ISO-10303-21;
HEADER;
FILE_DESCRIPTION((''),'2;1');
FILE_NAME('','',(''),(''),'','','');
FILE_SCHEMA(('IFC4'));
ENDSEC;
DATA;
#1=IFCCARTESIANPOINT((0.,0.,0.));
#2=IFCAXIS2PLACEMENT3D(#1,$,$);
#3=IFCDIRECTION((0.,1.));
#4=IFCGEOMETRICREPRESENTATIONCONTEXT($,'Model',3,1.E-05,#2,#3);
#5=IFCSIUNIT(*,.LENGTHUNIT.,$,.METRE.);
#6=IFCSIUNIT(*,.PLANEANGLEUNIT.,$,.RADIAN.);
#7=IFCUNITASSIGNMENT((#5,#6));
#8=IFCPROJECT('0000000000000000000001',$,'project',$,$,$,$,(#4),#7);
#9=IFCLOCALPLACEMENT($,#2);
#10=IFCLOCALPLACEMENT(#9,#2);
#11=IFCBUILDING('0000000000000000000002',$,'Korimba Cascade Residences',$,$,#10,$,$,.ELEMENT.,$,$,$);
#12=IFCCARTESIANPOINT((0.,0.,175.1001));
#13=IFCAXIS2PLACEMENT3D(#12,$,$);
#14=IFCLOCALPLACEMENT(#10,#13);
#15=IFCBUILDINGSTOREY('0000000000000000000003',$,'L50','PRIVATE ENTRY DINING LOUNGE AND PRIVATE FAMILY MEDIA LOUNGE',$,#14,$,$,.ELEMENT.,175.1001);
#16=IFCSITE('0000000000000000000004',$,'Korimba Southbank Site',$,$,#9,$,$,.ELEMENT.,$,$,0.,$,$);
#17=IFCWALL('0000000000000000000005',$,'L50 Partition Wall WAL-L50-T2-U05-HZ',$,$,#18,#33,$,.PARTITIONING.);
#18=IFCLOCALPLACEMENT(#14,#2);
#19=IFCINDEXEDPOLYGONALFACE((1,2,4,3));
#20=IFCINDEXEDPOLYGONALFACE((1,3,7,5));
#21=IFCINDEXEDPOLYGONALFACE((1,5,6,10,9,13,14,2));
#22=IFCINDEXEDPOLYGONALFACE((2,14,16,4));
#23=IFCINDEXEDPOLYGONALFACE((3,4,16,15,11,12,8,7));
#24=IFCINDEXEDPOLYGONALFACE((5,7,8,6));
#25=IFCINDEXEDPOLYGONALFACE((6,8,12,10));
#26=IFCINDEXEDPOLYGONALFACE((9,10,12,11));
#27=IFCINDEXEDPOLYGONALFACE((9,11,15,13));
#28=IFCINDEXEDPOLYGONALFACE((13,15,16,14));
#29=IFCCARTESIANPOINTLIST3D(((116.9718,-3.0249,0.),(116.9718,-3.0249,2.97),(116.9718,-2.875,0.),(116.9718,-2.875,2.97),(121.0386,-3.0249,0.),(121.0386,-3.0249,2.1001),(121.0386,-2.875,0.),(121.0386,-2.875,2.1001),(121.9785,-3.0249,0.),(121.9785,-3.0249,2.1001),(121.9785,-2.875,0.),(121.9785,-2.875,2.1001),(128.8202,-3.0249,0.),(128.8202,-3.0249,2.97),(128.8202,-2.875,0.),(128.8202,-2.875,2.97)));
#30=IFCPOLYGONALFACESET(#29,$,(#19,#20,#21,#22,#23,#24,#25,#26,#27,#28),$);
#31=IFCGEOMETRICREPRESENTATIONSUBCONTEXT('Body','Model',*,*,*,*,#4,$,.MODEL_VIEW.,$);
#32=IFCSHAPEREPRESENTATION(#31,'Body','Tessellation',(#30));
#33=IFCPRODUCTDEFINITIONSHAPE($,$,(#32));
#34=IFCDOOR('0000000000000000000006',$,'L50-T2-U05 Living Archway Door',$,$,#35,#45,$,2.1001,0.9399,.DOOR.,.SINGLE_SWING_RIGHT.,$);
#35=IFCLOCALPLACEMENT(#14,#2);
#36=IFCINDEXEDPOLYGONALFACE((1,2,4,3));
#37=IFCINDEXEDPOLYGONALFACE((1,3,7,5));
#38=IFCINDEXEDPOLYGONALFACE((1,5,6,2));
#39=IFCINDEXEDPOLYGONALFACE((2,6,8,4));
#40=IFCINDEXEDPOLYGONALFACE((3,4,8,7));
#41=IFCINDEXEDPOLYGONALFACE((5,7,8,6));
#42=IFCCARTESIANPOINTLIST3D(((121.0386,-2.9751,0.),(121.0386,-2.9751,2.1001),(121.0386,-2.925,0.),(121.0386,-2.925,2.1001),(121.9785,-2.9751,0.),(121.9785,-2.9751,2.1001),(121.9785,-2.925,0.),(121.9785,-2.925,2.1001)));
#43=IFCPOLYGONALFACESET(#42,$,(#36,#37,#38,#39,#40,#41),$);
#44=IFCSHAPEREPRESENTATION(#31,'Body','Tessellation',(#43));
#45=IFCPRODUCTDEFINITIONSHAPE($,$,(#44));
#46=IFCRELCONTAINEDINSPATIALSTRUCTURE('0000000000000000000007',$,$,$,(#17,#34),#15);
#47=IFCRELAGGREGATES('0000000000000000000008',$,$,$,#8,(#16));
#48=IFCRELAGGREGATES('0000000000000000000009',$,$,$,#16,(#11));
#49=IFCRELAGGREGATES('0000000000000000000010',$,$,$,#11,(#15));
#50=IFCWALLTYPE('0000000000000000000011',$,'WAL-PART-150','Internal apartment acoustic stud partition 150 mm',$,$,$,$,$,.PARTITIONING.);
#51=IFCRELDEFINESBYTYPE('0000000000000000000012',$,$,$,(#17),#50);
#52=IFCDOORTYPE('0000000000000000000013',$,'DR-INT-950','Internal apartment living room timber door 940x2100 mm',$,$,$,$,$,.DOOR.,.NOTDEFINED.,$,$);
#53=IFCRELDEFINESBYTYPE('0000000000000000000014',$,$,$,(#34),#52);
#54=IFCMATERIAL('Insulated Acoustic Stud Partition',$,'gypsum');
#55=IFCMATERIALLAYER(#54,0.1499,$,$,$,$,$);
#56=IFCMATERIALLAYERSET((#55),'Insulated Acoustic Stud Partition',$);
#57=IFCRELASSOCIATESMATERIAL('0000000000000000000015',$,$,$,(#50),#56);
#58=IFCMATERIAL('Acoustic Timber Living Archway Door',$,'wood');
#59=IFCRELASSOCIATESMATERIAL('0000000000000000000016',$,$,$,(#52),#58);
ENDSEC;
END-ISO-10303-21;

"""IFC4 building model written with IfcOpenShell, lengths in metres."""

from ifc_helpers import new_model, si_unit, direction, frame, frame_2d, origin, place, context, subcontext, project, spatial, rectangle, extrude, material, layer, layer_set, type_object, element, fill, save


model = new_model("IFC4")

# Units and contexts
model_context = context("Model", 3, precision=1e-05, world=origin(), true_north=direction((0.0, 1.0)))
body_context = subcontext(model_context, "Body", "Model", "MODEL_VIEW")
ifc_project = project(units=[si_unit("LENGTHUNIT", "METRE"), si_unit("PLANEANGLEUNIT", "RADIAN")], contexts=[model_context])

# Site, building, storey
site_placement = place(None, origin())
site = spatial("IfcSite", under=ifc_project, at=site_placement, Name="Korimba Southbank Site", CompositionType="ELEMENT", RefElevation=0.0)
building_placement = place(site_placement, origin())
building = spatial("IfcBuilding", under=site, at=building_placement, Name="Korimba Cascade Residences", CompositionType="ELEMENT")
storey_placement = place(building_placement, frame((0.0, 0.0, 175.1001)))
storey = spatial("IfcBuildingStorey", under=building, at=storey_placement, Name="L50", Description="PRIVATE ENTRY DINING LOUNGE AND PRIVATE FAMILY MEDIA LOUNGE", CompositionType="ELEMENT", Elevation=175.1001)

# Shared definitions
ifc_material_1 = material(Name="Insulated Acoustic Stud Partition", Category="gypsum")
ifc_layer_1 = layer(ifc_material_1, 0.1499)
ifc_layer_set_1 = layer_set([ifc_layer_1], Name="Insulated Acoustic Stud Partition")
wall_type_1 = type_object("IfcWallType", Name="WAL-PART-150", Description="Internal apartment acoustic stud partition 150 mm", PredefinedType="PARTITIONING", material=ifc_layer_set_1)

# Wall, opening, door
wall_1_placement = place(storey_placement, frame((116.9717, -2.95, 0.0), z_axis=(0.0, 0.0, 1.0), x_axis=(1.0, 0.0, 0.0)))
wall_1 = element("IfcWall", 1, at=wall_1_placement, inside=storey, type_object=wall_type_1, Name="L50 Partition Wall WAL-L50-T2-U05-HZ", PredefinedType="PARTITIONING", context=body_context, shape_type="SweptSolid", body=[
    extrude(rectangle(XDim=11.8484, YDim=0.1499, at=frame_2d((5.9243, 0.0))), origin(), (0.0, 0.0, 1.0), 2.97),
])
opening_1_placement = place(wall_1_placement, frame((4.0669, 0.0, 0.0)))
opening_1 = element("IfcOpeningElement", 2, at=opening_1_placement, cuts=wall_1, PredefinedType="OPENING", context=body_context, shape_type="SweptSolid", body=[
    extrude(rectangle(XDim=0.9399, YDim=2.1001, at=frame_2d((0.47, 1.05))), frame((0.0, 0.085, 0.0), z_axis=(0.0, -1.0, 0.0), x_axis=(1.0, 0.0, 0.0)), (0.0, 0.0, 1.0), 0.1699),
])
ifc_material_2 = material(Name="Acoustic Timber Living Archway Door", Category="wood")
door_type_1 = type_object("IfcDoorType", Name="DR-INT-950", Description="Internal apartment living room timber door 940x2100 mm", OperationType="NOTDEFINED", PredefinedType="DOOR", material=ifc_material_2)
door_1_placement = place(opening_1_placement, origin())
door_1 = element("IfcDoor", 3, at=door_1_placement, inside=storey, type_object=door_type_1, Name="L50-T2-U05 Living Archway Door", OperationType="SINGLE_SWING_RIGHT", OverallHeight=2.1001, OverallWidth=0.9399, PredefinedType="DOOR", context=body_context, shape_type="SweptSolid", body=[
    extrude(rectangle(XDim=0.9399, YDim=2.1001, at=frame_2d((0.47, 1.05))), frame((0.0, 0.0249, 0.0), z_axis=(0.0, -1.0, 0.0), x_axis=(1.0, 0.0, 0.0)), (0.0, 0.0, 1.0), 0.05),
])
fill(opening_1, door_1)

save(model, "model.ifc")
